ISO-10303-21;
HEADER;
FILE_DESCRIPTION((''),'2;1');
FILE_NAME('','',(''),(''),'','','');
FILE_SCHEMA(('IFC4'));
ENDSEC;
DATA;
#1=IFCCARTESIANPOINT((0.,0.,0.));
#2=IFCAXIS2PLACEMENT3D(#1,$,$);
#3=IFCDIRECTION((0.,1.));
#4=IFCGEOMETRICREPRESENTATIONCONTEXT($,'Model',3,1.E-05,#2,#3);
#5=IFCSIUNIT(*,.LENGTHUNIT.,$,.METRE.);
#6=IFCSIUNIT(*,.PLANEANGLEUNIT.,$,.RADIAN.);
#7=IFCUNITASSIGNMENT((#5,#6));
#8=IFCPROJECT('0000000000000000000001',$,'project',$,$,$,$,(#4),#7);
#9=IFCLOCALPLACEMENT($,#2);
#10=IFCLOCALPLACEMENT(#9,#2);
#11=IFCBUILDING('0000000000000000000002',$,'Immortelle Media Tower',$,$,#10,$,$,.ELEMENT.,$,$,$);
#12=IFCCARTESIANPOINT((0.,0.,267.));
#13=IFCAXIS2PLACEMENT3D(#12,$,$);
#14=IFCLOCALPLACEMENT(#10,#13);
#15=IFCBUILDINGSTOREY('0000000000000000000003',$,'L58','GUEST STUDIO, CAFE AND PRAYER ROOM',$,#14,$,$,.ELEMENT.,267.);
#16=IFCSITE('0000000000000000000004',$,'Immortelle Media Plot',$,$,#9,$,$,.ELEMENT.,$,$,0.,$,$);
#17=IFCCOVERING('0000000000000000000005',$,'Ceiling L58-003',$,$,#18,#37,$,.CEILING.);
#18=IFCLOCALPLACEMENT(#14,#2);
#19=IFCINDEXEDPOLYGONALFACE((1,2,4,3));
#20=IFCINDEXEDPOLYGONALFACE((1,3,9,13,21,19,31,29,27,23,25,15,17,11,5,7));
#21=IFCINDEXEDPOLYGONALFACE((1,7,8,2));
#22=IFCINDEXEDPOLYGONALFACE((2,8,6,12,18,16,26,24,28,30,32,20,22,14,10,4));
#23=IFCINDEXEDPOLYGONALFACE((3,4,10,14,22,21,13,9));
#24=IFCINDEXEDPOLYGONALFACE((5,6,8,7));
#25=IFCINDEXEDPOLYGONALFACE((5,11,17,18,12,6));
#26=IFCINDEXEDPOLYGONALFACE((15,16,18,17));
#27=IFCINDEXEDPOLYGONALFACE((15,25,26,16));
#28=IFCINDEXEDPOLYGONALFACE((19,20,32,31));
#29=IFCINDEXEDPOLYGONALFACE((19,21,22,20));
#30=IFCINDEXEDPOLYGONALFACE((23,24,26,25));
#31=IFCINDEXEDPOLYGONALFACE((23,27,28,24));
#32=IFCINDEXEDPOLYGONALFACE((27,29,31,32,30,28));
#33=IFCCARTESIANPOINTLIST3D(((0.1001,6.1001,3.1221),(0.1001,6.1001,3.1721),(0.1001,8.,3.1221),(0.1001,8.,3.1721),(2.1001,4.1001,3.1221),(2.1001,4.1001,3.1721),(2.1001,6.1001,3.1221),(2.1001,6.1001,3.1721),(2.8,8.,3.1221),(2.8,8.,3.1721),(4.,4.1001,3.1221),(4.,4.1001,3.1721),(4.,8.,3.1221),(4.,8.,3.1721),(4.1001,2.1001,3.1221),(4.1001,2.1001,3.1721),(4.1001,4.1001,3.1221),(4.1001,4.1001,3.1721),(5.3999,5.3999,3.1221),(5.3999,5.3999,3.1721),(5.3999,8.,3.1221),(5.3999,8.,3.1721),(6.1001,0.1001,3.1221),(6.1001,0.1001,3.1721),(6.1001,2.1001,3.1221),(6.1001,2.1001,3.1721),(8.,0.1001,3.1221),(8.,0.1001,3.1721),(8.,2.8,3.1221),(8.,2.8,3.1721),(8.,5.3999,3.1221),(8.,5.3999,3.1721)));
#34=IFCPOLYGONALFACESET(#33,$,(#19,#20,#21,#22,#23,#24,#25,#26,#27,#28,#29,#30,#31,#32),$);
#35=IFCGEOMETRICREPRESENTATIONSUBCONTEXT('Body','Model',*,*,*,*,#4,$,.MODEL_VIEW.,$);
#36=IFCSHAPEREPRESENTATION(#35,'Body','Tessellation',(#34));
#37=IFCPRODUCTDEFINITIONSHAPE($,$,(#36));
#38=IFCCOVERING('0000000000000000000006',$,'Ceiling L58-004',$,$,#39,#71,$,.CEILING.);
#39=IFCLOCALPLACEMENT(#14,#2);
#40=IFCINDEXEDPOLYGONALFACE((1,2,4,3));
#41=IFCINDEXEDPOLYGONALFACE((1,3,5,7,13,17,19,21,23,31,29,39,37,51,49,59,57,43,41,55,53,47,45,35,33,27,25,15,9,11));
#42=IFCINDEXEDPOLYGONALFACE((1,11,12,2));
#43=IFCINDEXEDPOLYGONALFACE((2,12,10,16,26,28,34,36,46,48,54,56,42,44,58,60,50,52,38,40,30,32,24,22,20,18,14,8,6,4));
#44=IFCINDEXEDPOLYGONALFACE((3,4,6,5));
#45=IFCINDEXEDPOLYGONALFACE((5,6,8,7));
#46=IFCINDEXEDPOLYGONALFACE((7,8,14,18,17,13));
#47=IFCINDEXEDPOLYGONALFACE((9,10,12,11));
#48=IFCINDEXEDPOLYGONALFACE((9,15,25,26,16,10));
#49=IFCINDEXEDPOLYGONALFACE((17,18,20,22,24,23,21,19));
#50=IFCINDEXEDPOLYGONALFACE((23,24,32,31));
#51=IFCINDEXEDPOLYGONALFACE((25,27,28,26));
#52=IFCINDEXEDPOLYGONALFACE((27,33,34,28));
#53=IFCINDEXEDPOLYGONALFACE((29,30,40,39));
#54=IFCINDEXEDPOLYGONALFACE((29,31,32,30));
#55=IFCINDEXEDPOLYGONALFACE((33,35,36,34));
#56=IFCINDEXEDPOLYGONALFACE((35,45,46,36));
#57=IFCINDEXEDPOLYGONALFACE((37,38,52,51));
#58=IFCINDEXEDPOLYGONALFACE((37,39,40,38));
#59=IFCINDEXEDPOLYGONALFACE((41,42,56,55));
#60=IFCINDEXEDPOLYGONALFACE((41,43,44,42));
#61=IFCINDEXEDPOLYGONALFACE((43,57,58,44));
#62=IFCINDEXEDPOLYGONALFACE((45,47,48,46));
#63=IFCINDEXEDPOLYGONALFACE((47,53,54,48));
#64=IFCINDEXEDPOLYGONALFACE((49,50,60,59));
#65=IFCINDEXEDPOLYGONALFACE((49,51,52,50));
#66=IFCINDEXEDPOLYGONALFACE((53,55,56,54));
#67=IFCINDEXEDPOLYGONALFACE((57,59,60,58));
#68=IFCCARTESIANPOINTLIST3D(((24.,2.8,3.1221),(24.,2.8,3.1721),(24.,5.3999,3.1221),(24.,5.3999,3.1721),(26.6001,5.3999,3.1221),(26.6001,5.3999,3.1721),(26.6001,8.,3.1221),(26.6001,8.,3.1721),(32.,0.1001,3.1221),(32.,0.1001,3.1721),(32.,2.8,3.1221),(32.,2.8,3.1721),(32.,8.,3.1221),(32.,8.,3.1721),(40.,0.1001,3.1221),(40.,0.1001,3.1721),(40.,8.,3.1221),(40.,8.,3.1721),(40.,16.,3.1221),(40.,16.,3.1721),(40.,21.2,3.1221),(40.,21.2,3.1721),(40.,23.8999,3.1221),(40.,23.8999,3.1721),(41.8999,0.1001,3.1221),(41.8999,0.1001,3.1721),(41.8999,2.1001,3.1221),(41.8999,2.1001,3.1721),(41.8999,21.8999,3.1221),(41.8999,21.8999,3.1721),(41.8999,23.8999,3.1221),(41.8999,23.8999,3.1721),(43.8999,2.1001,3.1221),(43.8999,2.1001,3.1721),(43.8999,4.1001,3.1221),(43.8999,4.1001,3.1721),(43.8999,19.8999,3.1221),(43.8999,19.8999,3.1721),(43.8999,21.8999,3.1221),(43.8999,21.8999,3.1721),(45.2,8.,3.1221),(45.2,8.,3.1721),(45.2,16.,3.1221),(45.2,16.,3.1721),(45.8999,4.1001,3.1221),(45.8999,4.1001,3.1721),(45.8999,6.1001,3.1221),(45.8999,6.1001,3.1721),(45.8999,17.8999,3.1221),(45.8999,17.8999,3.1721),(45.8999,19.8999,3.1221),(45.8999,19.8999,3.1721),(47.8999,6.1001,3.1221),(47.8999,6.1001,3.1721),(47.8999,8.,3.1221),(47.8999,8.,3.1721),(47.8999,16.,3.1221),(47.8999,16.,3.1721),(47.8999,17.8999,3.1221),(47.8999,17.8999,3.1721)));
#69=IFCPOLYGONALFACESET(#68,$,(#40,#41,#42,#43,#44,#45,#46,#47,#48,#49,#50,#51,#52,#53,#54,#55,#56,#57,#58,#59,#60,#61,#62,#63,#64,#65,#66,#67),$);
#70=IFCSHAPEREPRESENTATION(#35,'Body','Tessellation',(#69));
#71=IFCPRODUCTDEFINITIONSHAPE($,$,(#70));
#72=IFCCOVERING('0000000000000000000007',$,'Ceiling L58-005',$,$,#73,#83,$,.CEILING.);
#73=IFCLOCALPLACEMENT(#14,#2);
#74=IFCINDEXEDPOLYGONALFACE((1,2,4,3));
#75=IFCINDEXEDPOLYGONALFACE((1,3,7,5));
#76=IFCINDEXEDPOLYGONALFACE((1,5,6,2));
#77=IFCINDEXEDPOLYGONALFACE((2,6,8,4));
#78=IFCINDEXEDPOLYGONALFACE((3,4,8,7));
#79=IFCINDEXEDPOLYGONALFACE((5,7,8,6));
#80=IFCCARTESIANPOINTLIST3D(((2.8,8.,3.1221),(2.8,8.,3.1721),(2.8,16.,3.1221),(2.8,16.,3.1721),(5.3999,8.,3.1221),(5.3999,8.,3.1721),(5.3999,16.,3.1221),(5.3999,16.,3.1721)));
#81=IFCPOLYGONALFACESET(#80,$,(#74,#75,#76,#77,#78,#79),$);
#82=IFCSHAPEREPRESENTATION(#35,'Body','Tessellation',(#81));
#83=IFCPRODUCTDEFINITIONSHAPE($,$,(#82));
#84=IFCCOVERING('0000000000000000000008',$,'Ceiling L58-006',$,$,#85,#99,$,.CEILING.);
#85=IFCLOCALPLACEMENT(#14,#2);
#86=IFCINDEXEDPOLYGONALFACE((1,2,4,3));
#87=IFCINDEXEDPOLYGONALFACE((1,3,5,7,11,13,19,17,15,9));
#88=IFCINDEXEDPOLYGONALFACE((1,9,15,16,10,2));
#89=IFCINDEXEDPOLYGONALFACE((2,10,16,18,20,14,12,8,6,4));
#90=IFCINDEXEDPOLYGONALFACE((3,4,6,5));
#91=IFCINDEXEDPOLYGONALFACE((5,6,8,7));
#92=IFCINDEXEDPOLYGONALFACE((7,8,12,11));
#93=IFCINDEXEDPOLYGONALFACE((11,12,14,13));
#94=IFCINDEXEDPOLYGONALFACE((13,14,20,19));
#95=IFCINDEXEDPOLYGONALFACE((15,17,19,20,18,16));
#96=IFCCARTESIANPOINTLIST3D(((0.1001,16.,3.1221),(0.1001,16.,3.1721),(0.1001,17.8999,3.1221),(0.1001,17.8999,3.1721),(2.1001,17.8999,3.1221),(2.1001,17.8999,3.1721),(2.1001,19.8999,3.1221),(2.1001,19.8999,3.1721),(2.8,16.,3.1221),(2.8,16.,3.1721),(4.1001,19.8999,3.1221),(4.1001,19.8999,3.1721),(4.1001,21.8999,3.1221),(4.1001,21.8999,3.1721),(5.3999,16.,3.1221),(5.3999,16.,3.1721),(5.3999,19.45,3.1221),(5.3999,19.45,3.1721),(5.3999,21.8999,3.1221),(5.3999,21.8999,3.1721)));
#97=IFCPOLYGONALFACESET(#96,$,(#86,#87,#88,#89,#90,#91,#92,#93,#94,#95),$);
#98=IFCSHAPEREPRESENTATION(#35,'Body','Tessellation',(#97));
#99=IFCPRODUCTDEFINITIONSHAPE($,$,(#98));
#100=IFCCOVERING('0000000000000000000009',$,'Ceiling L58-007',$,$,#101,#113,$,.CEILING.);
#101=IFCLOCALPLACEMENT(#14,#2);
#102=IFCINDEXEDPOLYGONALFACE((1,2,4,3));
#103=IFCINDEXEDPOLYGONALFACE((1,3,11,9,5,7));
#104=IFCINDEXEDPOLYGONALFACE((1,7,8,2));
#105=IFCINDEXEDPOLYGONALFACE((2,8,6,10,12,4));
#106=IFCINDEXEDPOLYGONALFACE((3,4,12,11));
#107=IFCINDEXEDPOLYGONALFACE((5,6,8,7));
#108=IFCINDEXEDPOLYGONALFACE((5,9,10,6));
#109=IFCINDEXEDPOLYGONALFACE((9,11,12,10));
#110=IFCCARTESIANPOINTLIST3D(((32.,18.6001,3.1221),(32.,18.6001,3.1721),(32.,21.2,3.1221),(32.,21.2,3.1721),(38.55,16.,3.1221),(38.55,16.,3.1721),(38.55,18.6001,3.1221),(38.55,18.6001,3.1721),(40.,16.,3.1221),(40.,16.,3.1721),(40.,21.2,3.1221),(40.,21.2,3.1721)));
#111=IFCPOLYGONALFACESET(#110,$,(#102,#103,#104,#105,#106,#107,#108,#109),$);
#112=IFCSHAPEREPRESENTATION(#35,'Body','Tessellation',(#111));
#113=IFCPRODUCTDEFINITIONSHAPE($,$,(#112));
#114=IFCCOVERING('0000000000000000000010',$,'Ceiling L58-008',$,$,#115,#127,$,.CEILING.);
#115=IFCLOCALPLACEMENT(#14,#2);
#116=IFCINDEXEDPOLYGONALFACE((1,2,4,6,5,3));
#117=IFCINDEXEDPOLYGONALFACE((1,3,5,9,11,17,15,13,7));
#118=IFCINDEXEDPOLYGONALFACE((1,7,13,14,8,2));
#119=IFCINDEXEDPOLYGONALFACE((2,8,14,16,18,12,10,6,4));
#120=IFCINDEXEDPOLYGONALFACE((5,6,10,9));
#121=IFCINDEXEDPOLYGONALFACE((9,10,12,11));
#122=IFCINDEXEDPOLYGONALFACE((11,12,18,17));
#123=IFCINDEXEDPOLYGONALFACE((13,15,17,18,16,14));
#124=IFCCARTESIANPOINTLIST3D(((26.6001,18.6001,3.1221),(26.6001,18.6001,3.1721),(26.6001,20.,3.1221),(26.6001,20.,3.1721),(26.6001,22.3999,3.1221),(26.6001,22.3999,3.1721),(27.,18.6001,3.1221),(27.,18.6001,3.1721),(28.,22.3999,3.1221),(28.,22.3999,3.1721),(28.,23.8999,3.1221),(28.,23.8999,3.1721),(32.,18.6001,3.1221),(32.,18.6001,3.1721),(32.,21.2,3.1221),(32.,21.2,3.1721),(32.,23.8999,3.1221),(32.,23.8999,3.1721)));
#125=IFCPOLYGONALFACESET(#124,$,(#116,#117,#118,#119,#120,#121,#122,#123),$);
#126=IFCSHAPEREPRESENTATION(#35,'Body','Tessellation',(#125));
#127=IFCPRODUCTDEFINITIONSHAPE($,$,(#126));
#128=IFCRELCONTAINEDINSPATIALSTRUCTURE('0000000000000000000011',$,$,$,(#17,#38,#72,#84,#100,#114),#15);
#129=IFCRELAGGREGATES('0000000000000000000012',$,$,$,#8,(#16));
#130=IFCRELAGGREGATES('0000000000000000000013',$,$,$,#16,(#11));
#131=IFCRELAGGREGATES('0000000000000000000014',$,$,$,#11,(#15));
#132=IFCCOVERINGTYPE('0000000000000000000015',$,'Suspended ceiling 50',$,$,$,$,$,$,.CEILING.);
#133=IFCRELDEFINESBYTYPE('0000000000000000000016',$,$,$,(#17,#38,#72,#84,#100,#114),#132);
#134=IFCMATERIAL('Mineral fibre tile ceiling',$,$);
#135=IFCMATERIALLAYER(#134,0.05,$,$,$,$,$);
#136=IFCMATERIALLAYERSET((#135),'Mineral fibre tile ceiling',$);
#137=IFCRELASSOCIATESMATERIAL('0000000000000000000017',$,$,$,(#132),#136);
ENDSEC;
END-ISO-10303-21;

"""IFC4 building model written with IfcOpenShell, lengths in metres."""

from ifc_helpers import new_model, si_unit, direction, frame, origin, place, context, subcontext, project, spatial, polyline, outline, extrude, material, layer, layer_set, type_object, element, save


model = new_model("IFC4")

# Units and contexts
model_context = context("Model", 3, precision=1e-05, world=origin(), true_north=direction((0.0, 1.0)))
body_context = subcontext(model_context, "Body", "Model", "MODEL_VIEW")
ifc_project = project(units=[si_unit("LENGTHUNIT", "METRE"), si_unit("PLANEANGLEUNIT", "RADIAN")], contexts=[model_context])

# Site, building, storey
site_placement = place(None, origin())
site = spatial("IfcSite", under=ifc_project, at=site_placement, Name="Immortelle Media Plot", CompositionType="ELEMENT", RefElevation=0.0)
building_placement = place(site_placement, origin())
building = spatial("IfcBuilding", under=site, at=building_placement, Name="Immortelle Media Tower", CompositionType="ELEMENT")
storey_placement = place(building_placement, frame((0.0, 0.0, 267.0)))
storey = spatial("IfcBuildingStorey", under=building, at=storey_placement, Name="L58", Description="GUEST STUDIO, CAFE AND PRAYER ROOM", CompositionType="ELEMENT", Elevation=267.0)

# Coverings
ifc_material_1 = material(Name="Mineral fibre tile ceiling")
ifc_layer_1 = layer(ifc_material_1, 0.05)
ifc_layer_set_1 = layer_set([ifc_layer_1], Name="Mineral fibre tile ceiling")
covering_type = type_object("IfcCoveringType", Name="Suspended ceiling 50", PredefinedType="CEILING", material=ifc_layer_set_1)
covering_1_placement = place(storey_placement, frame((0.0, 0.0, 3.1221)))
element("IfcCovering", 1, at=covering_1_placement, inside=storey, type_object=covering_type, Name="Ceiling L58-003", PredefinedType="CEILING", context=body_context, shape_type="SweptSolid", body=[
    extrude(outline(polyline([(4.1001, 2.1001), (4.1001, 4.1001), (4.0, 4.1001), (2.1001, 4.1001), (2.1001, 6.1001), (0.1001, 6.1001), (0.1001, 8.0), (2.8, 8.0), (4.0, 8.0), (5.3999, 8.0), (5.3999, 5.3999), (8.0, 5.3999), (8.0, 2.8), (8.0, 0.1001), (6.1001, 0.1001), (6.1001, 2.1001), (4.1001, 2.1001)])), origin(), (0.0, 0.0, 1.0), 0.05),
])
covering_2_placement = place(storey_placement, frame((0.0, 0.0, 3.1221)))
element("IfcCovering", 2, at=covering_2_placement, inside=storey, type_object=covering_type, Name="Ceiling L58-004", PredefinedType="CEILING", context=body_context, shape_type="SweptSolid", body=[
    extrude(outline(polyline([(26.6001, 5.3999), (26.6001, 8.0), (32.0, 8.0), (40.0, 8.0), (40.0, 16.0), (40.0, 21.2), (40.0, 23.8999), (41.8999, 23.8999), (41.8999, 21.8999), (43.8999, 21.8999), (43.8999, 19.8999), (45.8999, 19.8999), (45.8999, 17.8999), (47.8999, 17.8999), (47.8999, 16.0), (45.2, 16.0), (45.2, 8.0), (47.8999, 8.0), (47.8999, 6.1001), (45.8999, 6.1001), (45.8999, 4.1001), (43.8999, 4.1001), (43.8999, 2.1001), (41.8999, 2.1001), (41.8999, 0.1001), (40.0, 0.1001), (32.0, 0.1001), (32.0, 2.8), (24.0, 2.8), (24.0, 5.3999), (26.6001, 5.3999)])), origin(), (0.0, 0.0, 1.0), 0.05),
])
covering_3_placement = place(storey_placement, frame((0.0, 0.0, 3.1221)))
element("IfcCovering", 3, at=covering_3_placement, inside=storey, type_object=covering_type, Name="Ceiling L58-005", PredefinedType="CEILING", context=body_context, shape_type="SweptSolid", body=[
    extrude(outline(polyline([(5.3999, 8.0), (2.8, 8.0), (2.8, 16.0), (5.3999, 16.0), (5.3999, 8.0)])), origin(), (0.0, 0.0, 1.0), 0.05),
])
covering_4_placement = place(storey_placement, frame((0.0, 0.0, 3.1221)))
element("IfcCovering", 4, at=covering_4_placement, inside=storey, type_object=covering_type, Name="Ceiling L58-006", PredefinedType="CEILING", context=body_context, shape_type="SweptSolid", body=[
    extrude(outline(polyline([(2.1001, 17.8999), (2.1001, 19.8999), (4.1001, 19.8999), (4.1001, 21.8999), (5.3999, 21.8999), (5.3999, 19.45), (5.3999, 16.0), (2.8, 16.0), (0.1001, 16.0), (0.1001, 17.8999), (2.1001, 17.8999)])), origin(), (0.0, 0.0, 1.0), 0.05),
])
covering_5_placement = place(storey_placement, frame((0.0, 0.0, 3.1221)))
element("IfcCovering", 5, at=covering_5_placement, inside=storey, type_object=covering_type, Name="Ceiling L58-007", PredefinedType="CEILING", context=body_context, shape_type="SweptSolid", body=[
    extrude(outline(polyline([(38.55, 16.0), (38.55, 18.6001), (32.0, 18.6001), (32.0, 21.2), (40.0, 21.2), (40.0, 16.0), (38.55, 16.0)])), origin(), (0.0, 0.0, 1.0), 0.05),
])
covering_6_placement = place(storey_placement, frame((0.0, 0.0, 3.1221)))
element("IfcCovering", 6, at=covering_6_placement, inside=storey, type_object=covering_type, Name="Ceiling L58-008", PredefinedType="CEILING", context=body_context, shape_type="SweptSolid", body=[
    extrude(outline(polyline([(27.0, 18.6001), (26.6001, 18.6001), (26.6001, 20.0), (26.6001, 22.3999), (28.0, 22.3999), (28.0, 23.8999), (32.0, 23.8999), (32.0, 21.2), (32.0, 18.6001), (27.0, 18.6001)])), origin(), (0.0, 0.0, 1.0), 0.05),
])

save(model, "model.ifc")
